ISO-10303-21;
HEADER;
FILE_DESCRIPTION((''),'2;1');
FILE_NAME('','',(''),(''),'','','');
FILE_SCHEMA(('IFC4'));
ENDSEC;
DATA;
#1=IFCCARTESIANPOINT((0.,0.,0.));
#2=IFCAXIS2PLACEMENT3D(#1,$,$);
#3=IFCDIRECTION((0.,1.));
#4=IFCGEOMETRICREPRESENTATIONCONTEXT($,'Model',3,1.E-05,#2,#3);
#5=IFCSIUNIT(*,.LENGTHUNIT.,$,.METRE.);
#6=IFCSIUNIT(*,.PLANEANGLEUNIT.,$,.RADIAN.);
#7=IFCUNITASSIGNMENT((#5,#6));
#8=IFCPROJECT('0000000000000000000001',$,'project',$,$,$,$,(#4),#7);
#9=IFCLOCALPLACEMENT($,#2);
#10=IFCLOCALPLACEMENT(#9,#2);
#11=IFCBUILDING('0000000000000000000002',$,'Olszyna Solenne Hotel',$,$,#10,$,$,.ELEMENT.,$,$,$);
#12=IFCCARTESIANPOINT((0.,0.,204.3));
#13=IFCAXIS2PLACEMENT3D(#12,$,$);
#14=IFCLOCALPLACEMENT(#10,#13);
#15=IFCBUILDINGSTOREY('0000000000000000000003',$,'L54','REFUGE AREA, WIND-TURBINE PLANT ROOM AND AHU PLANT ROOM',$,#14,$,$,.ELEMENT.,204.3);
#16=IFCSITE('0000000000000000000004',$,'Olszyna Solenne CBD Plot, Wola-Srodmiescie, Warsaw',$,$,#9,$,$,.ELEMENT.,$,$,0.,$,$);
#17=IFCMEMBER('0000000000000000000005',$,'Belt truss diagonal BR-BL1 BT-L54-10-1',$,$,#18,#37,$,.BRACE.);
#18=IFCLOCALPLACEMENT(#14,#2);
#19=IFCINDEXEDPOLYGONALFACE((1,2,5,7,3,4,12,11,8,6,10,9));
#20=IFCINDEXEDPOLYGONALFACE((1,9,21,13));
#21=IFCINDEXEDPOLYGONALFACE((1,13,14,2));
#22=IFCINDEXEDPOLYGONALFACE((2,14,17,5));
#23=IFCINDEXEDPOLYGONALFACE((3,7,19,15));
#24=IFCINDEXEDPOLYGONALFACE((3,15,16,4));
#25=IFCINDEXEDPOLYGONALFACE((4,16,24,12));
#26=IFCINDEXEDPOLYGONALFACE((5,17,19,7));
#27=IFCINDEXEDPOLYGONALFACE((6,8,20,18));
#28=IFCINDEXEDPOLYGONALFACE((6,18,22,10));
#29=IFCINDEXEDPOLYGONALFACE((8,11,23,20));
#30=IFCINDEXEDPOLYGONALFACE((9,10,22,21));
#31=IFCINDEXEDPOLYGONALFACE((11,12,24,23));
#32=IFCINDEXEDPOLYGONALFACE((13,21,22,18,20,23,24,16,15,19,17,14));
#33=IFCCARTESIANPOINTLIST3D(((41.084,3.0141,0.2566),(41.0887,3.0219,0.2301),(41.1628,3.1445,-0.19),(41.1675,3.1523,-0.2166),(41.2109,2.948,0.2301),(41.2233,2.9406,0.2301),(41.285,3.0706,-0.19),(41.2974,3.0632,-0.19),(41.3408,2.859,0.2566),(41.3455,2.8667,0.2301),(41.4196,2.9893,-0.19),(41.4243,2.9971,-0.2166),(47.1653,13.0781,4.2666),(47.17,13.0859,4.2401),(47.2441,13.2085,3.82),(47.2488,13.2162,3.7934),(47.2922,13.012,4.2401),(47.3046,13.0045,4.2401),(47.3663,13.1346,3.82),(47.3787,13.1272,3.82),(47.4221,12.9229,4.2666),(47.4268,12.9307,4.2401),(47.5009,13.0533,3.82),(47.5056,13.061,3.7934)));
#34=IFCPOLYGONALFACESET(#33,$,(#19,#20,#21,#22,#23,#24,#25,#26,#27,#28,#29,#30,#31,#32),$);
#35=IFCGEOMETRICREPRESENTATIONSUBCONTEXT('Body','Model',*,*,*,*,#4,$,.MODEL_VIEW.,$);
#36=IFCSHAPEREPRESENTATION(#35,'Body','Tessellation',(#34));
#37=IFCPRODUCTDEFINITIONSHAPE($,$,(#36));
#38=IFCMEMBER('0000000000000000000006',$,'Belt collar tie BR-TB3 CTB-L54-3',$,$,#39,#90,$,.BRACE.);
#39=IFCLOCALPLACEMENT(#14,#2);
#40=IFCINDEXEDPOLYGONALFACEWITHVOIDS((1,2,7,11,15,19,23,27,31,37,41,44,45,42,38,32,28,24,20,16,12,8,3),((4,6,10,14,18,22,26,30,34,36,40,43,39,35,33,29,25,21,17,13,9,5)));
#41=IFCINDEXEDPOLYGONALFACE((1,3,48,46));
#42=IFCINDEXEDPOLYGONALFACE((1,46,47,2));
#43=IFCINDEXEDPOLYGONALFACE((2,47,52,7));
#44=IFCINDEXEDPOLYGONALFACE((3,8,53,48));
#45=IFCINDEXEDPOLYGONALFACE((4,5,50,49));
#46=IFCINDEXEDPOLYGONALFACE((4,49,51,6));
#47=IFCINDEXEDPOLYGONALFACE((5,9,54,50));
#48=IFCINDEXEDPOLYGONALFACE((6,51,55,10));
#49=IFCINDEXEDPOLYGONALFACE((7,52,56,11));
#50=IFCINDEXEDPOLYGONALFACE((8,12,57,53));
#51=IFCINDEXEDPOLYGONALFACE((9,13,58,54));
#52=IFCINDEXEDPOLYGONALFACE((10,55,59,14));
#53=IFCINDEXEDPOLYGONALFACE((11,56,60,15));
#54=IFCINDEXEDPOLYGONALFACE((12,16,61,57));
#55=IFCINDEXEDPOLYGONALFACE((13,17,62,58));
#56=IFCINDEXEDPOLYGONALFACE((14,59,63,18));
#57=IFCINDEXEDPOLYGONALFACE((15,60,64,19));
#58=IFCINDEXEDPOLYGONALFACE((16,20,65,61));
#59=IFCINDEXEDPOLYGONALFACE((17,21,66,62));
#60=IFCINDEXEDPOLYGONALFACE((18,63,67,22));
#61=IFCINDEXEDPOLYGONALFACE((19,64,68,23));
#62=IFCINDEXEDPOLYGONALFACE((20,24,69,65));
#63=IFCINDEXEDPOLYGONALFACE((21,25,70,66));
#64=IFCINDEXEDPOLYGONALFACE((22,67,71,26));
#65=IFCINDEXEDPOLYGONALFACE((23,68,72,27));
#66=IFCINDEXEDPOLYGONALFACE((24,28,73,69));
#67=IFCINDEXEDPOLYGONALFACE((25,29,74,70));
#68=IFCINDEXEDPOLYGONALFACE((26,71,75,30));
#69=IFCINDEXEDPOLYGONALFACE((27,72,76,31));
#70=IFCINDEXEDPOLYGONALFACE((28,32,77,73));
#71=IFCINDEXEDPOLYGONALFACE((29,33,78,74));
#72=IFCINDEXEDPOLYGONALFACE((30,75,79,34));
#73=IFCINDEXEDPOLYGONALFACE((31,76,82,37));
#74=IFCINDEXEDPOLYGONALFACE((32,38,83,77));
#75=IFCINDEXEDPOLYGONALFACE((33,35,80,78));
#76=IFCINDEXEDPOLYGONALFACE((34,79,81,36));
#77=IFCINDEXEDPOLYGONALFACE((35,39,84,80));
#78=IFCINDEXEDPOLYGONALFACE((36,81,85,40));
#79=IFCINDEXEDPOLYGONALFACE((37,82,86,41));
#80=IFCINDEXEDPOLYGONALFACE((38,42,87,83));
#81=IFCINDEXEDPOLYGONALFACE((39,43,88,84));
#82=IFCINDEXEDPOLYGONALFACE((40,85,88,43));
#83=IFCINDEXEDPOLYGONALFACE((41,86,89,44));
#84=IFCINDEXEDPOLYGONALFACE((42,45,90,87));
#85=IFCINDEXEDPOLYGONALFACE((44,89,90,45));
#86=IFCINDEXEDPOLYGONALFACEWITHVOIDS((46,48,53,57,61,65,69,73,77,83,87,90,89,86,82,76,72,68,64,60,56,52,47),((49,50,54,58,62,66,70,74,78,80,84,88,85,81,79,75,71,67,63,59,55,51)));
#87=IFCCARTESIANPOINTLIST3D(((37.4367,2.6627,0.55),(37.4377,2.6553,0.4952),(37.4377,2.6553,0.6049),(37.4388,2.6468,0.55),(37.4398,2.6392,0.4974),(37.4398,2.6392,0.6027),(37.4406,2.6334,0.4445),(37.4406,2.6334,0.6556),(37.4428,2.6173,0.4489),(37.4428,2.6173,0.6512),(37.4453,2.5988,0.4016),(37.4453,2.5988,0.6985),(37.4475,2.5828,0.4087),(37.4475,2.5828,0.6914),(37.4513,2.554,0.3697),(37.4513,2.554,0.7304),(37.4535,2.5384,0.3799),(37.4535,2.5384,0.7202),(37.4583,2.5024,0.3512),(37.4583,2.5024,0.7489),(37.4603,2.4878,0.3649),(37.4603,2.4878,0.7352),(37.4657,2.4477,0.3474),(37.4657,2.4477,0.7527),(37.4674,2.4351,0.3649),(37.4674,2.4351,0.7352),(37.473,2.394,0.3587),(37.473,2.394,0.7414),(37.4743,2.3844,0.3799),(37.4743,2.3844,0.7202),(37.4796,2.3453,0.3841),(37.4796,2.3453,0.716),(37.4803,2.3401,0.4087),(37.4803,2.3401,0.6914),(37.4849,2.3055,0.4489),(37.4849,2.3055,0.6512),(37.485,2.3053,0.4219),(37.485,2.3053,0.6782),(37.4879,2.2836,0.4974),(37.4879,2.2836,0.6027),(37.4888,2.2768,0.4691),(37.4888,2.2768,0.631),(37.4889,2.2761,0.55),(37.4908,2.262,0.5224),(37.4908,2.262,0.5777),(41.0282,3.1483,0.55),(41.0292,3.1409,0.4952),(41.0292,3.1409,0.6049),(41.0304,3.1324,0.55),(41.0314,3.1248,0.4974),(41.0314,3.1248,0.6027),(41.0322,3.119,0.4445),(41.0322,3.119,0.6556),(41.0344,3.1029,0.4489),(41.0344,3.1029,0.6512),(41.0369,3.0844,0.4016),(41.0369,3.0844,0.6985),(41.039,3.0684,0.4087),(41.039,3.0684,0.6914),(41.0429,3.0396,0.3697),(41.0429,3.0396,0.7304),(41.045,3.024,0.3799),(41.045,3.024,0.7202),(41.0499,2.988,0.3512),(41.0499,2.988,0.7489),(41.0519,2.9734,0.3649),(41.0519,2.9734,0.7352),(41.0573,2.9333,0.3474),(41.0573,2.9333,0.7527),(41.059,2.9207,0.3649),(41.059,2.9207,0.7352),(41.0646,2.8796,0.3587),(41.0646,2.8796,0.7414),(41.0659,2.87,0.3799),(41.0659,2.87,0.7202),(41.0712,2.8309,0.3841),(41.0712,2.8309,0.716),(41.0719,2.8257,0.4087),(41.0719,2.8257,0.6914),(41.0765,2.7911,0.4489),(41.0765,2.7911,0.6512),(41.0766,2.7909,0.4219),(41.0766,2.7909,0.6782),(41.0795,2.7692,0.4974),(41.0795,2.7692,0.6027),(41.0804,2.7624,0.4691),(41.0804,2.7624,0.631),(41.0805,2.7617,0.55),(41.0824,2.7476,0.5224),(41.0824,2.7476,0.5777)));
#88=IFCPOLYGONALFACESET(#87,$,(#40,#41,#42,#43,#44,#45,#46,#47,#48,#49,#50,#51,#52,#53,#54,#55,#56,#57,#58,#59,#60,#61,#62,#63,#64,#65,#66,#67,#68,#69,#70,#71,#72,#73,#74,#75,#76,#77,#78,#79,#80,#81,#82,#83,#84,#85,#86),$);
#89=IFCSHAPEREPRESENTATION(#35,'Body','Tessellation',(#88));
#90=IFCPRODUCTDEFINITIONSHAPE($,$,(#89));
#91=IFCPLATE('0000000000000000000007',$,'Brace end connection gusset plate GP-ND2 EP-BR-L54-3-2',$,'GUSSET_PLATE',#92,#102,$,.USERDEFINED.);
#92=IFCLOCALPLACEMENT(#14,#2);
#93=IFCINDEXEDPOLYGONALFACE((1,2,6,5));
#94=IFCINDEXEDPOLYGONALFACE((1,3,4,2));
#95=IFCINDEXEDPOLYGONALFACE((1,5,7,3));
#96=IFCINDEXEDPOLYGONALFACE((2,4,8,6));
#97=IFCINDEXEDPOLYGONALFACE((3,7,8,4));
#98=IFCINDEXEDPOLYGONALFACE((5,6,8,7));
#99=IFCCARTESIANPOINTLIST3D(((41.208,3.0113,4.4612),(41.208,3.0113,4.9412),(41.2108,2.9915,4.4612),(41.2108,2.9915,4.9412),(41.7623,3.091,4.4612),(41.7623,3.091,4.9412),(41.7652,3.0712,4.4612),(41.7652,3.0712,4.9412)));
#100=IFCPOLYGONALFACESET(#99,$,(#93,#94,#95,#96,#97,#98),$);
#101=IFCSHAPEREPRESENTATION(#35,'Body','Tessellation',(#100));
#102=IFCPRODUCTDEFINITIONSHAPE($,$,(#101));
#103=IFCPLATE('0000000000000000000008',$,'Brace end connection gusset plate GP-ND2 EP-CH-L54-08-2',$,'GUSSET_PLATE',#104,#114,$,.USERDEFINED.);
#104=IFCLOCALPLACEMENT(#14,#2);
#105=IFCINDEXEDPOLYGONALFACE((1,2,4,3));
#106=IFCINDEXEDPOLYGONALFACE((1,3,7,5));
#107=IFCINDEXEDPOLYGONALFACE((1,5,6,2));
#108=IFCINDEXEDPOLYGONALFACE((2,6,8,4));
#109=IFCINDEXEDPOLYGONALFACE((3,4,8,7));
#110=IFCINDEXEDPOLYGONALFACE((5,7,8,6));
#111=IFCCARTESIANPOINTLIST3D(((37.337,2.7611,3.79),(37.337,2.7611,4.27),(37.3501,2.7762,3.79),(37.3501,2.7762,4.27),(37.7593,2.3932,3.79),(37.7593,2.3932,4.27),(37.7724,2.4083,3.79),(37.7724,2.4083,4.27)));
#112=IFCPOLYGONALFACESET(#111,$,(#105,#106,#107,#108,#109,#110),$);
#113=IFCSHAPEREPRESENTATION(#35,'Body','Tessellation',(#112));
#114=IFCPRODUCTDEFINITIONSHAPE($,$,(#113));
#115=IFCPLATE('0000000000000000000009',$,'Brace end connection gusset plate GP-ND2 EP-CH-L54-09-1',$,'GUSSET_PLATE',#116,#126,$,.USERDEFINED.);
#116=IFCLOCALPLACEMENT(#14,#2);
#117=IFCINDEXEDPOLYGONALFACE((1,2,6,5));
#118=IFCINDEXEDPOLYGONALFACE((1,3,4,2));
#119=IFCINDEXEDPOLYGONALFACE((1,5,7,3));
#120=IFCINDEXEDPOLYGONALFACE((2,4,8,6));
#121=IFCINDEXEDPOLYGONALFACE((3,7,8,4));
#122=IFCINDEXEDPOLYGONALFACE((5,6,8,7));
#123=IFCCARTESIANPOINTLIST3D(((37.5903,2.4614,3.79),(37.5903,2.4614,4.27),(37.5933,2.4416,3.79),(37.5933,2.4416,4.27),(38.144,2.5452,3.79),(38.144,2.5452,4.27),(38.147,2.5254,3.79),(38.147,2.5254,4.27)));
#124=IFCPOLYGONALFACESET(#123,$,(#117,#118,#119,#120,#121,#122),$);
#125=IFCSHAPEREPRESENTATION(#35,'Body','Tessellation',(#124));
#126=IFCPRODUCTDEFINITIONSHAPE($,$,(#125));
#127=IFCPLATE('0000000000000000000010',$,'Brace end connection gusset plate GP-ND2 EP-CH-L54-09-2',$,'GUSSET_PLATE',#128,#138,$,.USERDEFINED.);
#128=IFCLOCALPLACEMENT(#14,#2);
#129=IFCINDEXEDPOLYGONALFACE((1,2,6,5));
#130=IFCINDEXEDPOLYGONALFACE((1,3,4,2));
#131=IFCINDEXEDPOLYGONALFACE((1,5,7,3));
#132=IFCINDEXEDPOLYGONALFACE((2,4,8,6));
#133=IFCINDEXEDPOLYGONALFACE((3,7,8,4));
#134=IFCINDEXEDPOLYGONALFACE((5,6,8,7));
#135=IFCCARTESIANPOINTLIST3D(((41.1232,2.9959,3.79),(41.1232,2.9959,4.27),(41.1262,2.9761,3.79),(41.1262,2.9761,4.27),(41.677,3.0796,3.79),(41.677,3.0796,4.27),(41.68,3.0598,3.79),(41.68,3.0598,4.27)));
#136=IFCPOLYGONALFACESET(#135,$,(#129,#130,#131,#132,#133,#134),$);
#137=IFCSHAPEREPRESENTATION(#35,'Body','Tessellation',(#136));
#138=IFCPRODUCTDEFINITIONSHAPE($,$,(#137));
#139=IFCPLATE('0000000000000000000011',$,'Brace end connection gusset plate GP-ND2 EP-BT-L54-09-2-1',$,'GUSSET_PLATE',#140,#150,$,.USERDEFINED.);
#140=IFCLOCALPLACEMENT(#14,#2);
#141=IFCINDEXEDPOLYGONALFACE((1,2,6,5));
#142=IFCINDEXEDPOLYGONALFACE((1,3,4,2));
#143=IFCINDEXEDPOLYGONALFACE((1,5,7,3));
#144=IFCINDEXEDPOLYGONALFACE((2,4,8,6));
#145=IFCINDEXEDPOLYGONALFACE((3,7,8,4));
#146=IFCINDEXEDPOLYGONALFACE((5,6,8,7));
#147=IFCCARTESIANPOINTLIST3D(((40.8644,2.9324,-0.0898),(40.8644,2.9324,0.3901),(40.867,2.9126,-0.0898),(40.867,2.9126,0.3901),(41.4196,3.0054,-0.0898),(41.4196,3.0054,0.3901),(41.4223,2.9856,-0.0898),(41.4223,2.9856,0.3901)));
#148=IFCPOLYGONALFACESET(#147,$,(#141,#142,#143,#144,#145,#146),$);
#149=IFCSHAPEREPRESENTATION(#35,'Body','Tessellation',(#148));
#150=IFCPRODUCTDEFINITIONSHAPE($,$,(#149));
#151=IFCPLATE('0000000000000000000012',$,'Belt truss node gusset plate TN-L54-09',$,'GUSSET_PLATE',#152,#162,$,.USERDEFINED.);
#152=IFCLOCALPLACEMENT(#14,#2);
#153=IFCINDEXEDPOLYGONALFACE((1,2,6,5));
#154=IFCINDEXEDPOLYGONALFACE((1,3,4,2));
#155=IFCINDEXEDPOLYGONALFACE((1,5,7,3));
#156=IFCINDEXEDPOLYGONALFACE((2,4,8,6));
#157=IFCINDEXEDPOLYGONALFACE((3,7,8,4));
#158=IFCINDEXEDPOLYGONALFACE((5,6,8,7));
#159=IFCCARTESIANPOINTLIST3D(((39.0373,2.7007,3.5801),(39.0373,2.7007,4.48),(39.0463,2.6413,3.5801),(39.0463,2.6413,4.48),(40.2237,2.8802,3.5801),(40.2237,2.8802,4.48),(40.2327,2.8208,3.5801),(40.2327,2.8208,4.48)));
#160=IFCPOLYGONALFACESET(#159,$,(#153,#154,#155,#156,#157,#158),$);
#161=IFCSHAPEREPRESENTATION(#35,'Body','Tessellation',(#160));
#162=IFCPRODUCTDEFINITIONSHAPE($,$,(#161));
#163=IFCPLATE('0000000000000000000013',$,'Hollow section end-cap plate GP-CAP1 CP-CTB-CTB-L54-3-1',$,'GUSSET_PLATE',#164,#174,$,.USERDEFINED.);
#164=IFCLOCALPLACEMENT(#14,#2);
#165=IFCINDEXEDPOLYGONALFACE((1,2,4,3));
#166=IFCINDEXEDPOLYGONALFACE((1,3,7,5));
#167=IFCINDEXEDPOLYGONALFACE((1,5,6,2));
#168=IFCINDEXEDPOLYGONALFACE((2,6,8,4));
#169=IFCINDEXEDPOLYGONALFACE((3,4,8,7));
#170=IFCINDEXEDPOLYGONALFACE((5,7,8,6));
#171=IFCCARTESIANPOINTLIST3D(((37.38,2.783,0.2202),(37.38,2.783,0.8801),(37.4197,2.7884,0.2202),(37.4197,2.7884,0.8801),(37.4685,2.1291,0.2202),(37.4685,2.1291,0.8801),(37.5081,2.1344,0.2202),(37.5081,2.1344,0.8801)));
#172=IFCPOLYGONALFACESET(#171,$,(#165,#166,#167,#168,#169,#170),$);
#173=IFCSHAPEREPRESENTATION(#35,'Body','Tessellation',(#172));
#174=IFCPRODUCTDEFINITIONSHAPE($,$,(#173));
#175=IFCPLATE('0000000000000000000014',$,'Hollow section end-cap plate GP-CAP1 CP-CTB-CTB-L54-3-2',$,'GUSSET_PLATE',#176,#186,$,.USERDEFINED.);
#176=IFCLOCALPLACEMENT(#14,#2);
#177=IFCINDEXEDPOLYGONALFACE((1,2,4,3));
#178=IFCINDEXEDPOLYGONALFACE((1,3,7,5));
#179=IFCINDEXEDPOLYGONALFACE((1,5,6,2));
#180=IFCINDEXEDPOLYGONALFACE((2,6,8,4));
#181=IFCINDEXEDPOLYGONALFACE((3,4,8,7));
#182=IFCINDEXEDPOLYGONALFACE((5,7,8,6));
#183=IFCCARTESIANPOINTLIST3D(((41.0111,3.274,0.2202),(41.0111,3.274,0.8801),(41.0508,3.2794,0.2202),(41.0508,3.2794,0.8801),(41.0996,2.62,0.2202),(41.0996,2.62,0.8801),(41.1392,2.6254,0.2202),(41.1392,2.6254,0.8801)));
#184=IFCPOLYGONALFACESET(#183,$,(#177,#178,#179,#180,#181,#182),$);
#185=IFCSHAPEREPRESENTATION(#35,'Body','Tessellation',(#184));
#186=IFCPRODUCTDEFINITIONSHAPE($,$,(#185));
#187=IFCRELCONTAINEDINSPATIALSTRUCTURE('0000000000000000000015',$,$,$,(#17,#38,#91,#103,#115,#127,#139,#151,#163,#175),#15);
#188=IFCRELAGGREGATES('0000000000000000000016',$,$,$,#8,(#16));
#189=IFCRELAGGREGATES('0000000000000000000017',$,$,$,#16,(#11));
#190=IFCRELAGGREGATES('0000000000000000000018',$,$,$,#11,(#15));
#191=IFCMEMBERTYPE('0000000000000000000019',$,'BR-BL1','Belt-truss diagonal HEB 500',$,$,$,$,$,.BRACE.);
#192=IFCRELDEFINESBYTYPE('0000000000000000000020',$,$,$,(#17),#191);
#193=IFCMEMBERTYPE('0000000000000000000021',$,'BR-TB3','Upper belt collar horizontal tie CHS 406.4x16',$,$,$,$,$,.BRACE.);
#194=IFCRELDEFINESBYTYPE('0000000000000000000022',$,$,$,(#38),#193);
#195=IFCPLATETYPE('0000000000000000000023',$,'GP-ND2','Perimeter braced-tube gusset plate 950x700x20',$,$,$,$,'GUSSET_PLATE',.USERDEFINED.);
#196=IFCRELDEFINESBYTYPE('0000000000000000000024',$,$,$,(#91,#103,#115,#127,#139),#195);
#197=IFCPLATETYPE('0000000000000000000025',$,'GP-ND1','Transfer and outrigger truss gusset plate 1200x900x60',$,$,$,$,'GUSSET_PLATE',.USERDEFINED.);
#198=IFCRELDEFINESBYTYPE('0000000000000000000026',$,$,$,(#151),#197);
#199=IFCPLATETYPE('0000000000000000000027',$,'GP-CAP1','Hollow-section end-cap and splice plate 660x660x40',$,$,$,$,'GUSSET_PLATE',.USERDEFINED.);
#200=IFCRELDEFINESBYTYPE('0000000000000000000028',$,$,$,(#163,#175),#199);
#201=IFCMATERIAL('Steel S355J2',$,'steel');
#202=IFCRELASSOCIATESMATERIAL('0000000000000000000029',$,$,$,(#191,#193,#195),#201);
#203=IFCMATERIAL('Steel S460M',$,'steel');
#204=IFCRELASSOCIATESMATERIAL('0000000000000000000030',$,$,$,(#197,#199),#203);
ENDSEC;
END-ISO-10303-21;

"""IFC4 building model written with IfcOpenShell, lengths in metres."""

from ifc_helpers import new_model, si_unit, direction, frame, origin, origin_2d, place, context, subcontext, project, spatial, rectangle, hollow_circle, i_section, extrude, source, transform, mapped, material, material_profile, profile_set, type_object, element, save


model = new_model("IFC4")

# Units and contexts
model_context = context("Model", 3, precision=1e-05, world=origin(), true_north=direction((0.0, 1.0)))
body_context = subcontext(model_context, "Body", "Model", "MODEL_VIEW")
ifc_project = project(units=[si_unit("LENGTHUNIT", "METRE"), si_unit("PLANEANGLEUNIT", "RADIAN")], contexts=[model_context])

# Site, building, storey
site_placement = place(None, origin())
site = spatial("IfcSite", under=ifc_project, at=site_placement, Name="Olszyna Solenne CBD Plot, Wola-Srodmiescie, Warsaw", CompositionType="ELEMENT", RefElevation=0.0)
building_placement = place(site_placement, origin())
building = spatial("IfcBuilding", under=site, at=building_placement, Name="Olszyna Solenne Hotel", CompositionType="ELEMENT")
storey_placement = place(building_placement, frame((0.0, 0.0, 204.3)))
storey = spatial("IfcBuildingStorey", under=building, at=storey_placement, Name="L54", Description="REFUGE AREA, WIND-TURBINE PLANT ROOM AND AHU PLANT ROOM", CompositionType="ELEMENT", Elevation=204.3)

# Shared definitions
ifc_material_1 = material(Name="Steel S460M", Category="steel")

# Shared definitions
ifc_material_2 = material(Name="Steel S355J2", Category="steel")

# Members
ifc_material_profile_1 = material_profile(ifc_material_2, i_section(OverallWidth=0.3, OverallDepth=0.5, WebThickness=0.0144, FlangeThickness=0.0281, at=origin_2d()), Name="HEB 500", Category="load-bearing")
ifc_profile_set_1 = profile_set([ifc_material_profile_1], Name="Steel S355J2")
member_type_1 = type_object("IfcMemberType", Name="BR-BL1", Description="Belt-truss diagonal HEB 500", PredefinedType="BRACE", material=ifc_profile_set_1)
shared_shape_1 = source(origin(), body_context, "Body", "SweptSolid", [
    extrude(i_section(OverallWidth=0.3, OverallDepth=0.5, WebThickness=0.0144, FlangeThickness=0.0281, at=origin_2d()), origin(), (0.0, 0.0, 1.0), 12.4236),
])
member_1_placement = place(storey_placement, frame((41.2542, 3.0056, 0.02), z_axis=(0.489496, 0.810069, 0.322774), x_axis=(-0.855878, 0.517177, 0.0)))
element("IfcMember", 1, at=member_1_placement, inside=storey, type_object=member_type_1, Name="Belt truss diagonal BR-BL1 BT-L54-10-1", PredefinedType="BRACE", context=body_context, shape_type="MappedRepresentation", body=[
    mapped(shared_shape_1, transform((0.0, 0.0, 0.0), x_axis=(1.0, 0.0, 0.0), y_axis=(0.0, 1.0, 0.0), z_axis=(0.0, 0.0, 1.0), scale=1.0)),
])
ifc_material_profile_2 = material_profile(ifc_material_2, hollow_circle(Radius=0.2031, WallThickness=0.0161, at=origin_2d()), Name="CHS 406.4x16", Category="load-bearing")
ifc_profile_set_2 = profile_set([ifc_material_profile_2], Name="Steel S355J2")
member_type_2 = type_object("IfcMemberType", Name="BR-TB3", Description="Upper belt collar horizontal tie CHS 406.4x16", PredefinedType="BRACE", material=ifc_profile_set_2)
shared_shape_2 = source(origin(), body_context, "Body", "SweptSolid", [
    extrude(hollow_circle(Radius=0.2031, WallThickness=0.0161, at=origin_2d()), origin(), (0.0, 0.0, 1.0), 3.6243),
])
member_2_placement = place(storey_placement, frame((37.4639, 2.4614, 0.55), z_axis=(0.990983, 0.133986, 0.0), x_axis=(-0.133986, 0.990983, 0.0)))
element("IfcMember", 2, at=member_2_placement, inside=storey, type_object=member_type_2, Name="Belt collar tie BR-TB3 CTB-L54-3", PredefinedType="BRACE", context=body_context, shape_type="MappedRepresentation", body=[
    mapped(shared_shape_2, transform((0.0, 0.0, 0.0), x_axis=(1.0, 0.0, 0.0), y_axis=(0.0, 1.0, 0.0), z_axis=(0.0, 0.0, 1.0), scale=1.0)),
])

# Plates
plate_type_1 = type_object("IfcPlateType", Name="GP-ND2", Description="Perimeter braced-tube gusset plate 950x700x20", ElementType="GUSSET_PLATE", PredefinedType="USERDEFINED", material=ifc_material_2)
shared_shape_3 = source(origin(), body_context, "Body", "SweptSolid", [
    extrude(rectangle(XDim=0.5601, YDim=0.02, at=origin_2d()), origin(), (0.0, 0.0, 1.0), 0.48),
])
for number, where, z_axis, x_axis, name in (
    (3, (41.4866, 3.0413, 4.4612), (0.0, 0.0, 1.0), (0.989826, 0.142283, 0.0), "Brace end connection gusset plate GP-ND2 EP-BR-L54-3-2"),
    (4, (37.5547, 2.5847, 3.79), (0.0, 0.0, 1.0), (0.754022, -0.656849, 0.0), "Brace end connection gusset plate GP-ND2 EP-CH-L54-08-2"),
    (5, (37.8687, 2.4934, 3.79), (0.0, 0.0, 1.0), (0.988756, 0.149535, 0.0), "Brace end connection gusset plate GP-ND2 EP-CH-L54-09-1"),
    (6, (41.4016, 3.0278, 3.79), (0.0, 0.0, 1.0), (0.988756, 0.149535, 0.0), "Brace end connection gusset plate GP-ND2 EP-CH-L54-09-2"),
    (7, (41.1433, 2.959, -0.0898), (0.0, 0.0, 1.0), (-0.991468, -0.130353, 0.0), "Brace end connection gusset plate GP-ND2 EP-BT-L54-09-2-1"),
):
    element("IfcPlate", number, at=place(storey_placement, frame(where, z_axis=z_axis, x_axis=x_axis)), inside=storey, type_object=plate_type_1, Name=name, ObjectType="GUSSET_PLATE", PredefinedType="USERDEFINED", context=body_context, shape_type="MappedRepresentation", body=[
        mapped(shared_shape_3, transform((0.0, 0.0, 0.0), x_axis=(1.0, 0.0, 0.0), y_axis=(0.0, 1.0, 0.0), z_axis=(0.0, 0.0, 1.0), scale=1.0)),
    ])
plate_type_2 = type_object("IfcPlateType", Name="GP-ND1", Description="Transfer and outrigger truss gusset plate 1200x900x60", ElementType="GUSSET_PLATE", PredefinedType="USERDEFINED", material=ifc_material_1)
shared_shape_4 = source(origin(), body_context, "Body", "SweptSolid", [
    extrude(rectangle(XDim=1.2, YDim=0.0601, at=origin_2d()), origin(), (0.0, 0.0, 1.0), 0.8999),
])
plate_placement = place(storey_placement, frame((39.635, 2.7607, 3.5801), z_axis=(0.0, 0.0, 1.0), x_axis=(0.988756, 0.149535, 0.0)))
element("IfcPlate", 8, at=plate_placement, inside=storey, type_object=plate_type_2, Name="Belt truss node gusset plate TN-L54-09", ObjectType="GUSSET_PLATE", PredefinedType="USERDEFINED", context=body_context, shape_type="MappedRepresentation", body=[
    mapped(shared_shape_4, transform((0.0, 0.0, 0.0), x_axis=(1.0, 0.0, 0.0), y_axis=(0.0, 1.0, 0.0), z_axis=(0.0, 0.0, 1.0), scale=1.0)),
])
plate_type_3 = type_object("IfcPlateType", Name="GP-CAP1", Description="Hollow-section end-cap and splice plate 660x660x40", ElementType="GUSSET_PLATE", PredefinedType="USERDEFINED", material=ifc_material_1)
shared_shape_5 = source(origin(), body_context, "Body", "SweptSolid", [
    extrude(rectangle(XDim=0.04, YDim=0.6599, at=origin_2d()), origin(), (0.0, 0.0, 1.0), 0.6599),
])
for number, where, z_axis, x_axis, name in (
    (9, (37.4441, 2.4587, 0.2202), (0.0, 0.0, 1.0), (0.990983, 0.133986, 0.0), "Hollow section end-cap plate GP-CAP1 CP-CTB-CTB-L54-3-1"),
    (10, (41.0752, 2.9497, 0.2202), (0.0, 0.0, 1.0), (0.990983, 0.133986, 0.0), "Hollow section end-cap plate GP-CAP1 CP-CTB-CTB-L54-3-2"),
):
    element("IfcPlate", number, at=place(storey_placement, frame(where, z_axis=z_axis, x_axis=x_axis)), inside=storey, type_object=plate_type_3, Name=name, ObjectType="GUSSET_PLATE", PredefinedType="USERDEFINED", context=body_context, shape_type="MappedRepresentation", body=[
        mapped(shared_shape_5, transform((0.0, 0.0, 0.0), x_axis=(1.0, 0.0, 0.0), y_axis=(0.0, 1.0, 0.0), z_axis=(0.0, 0.0, 1.0), scale=1.0)),
    ])

save(model, "model.ifc")
